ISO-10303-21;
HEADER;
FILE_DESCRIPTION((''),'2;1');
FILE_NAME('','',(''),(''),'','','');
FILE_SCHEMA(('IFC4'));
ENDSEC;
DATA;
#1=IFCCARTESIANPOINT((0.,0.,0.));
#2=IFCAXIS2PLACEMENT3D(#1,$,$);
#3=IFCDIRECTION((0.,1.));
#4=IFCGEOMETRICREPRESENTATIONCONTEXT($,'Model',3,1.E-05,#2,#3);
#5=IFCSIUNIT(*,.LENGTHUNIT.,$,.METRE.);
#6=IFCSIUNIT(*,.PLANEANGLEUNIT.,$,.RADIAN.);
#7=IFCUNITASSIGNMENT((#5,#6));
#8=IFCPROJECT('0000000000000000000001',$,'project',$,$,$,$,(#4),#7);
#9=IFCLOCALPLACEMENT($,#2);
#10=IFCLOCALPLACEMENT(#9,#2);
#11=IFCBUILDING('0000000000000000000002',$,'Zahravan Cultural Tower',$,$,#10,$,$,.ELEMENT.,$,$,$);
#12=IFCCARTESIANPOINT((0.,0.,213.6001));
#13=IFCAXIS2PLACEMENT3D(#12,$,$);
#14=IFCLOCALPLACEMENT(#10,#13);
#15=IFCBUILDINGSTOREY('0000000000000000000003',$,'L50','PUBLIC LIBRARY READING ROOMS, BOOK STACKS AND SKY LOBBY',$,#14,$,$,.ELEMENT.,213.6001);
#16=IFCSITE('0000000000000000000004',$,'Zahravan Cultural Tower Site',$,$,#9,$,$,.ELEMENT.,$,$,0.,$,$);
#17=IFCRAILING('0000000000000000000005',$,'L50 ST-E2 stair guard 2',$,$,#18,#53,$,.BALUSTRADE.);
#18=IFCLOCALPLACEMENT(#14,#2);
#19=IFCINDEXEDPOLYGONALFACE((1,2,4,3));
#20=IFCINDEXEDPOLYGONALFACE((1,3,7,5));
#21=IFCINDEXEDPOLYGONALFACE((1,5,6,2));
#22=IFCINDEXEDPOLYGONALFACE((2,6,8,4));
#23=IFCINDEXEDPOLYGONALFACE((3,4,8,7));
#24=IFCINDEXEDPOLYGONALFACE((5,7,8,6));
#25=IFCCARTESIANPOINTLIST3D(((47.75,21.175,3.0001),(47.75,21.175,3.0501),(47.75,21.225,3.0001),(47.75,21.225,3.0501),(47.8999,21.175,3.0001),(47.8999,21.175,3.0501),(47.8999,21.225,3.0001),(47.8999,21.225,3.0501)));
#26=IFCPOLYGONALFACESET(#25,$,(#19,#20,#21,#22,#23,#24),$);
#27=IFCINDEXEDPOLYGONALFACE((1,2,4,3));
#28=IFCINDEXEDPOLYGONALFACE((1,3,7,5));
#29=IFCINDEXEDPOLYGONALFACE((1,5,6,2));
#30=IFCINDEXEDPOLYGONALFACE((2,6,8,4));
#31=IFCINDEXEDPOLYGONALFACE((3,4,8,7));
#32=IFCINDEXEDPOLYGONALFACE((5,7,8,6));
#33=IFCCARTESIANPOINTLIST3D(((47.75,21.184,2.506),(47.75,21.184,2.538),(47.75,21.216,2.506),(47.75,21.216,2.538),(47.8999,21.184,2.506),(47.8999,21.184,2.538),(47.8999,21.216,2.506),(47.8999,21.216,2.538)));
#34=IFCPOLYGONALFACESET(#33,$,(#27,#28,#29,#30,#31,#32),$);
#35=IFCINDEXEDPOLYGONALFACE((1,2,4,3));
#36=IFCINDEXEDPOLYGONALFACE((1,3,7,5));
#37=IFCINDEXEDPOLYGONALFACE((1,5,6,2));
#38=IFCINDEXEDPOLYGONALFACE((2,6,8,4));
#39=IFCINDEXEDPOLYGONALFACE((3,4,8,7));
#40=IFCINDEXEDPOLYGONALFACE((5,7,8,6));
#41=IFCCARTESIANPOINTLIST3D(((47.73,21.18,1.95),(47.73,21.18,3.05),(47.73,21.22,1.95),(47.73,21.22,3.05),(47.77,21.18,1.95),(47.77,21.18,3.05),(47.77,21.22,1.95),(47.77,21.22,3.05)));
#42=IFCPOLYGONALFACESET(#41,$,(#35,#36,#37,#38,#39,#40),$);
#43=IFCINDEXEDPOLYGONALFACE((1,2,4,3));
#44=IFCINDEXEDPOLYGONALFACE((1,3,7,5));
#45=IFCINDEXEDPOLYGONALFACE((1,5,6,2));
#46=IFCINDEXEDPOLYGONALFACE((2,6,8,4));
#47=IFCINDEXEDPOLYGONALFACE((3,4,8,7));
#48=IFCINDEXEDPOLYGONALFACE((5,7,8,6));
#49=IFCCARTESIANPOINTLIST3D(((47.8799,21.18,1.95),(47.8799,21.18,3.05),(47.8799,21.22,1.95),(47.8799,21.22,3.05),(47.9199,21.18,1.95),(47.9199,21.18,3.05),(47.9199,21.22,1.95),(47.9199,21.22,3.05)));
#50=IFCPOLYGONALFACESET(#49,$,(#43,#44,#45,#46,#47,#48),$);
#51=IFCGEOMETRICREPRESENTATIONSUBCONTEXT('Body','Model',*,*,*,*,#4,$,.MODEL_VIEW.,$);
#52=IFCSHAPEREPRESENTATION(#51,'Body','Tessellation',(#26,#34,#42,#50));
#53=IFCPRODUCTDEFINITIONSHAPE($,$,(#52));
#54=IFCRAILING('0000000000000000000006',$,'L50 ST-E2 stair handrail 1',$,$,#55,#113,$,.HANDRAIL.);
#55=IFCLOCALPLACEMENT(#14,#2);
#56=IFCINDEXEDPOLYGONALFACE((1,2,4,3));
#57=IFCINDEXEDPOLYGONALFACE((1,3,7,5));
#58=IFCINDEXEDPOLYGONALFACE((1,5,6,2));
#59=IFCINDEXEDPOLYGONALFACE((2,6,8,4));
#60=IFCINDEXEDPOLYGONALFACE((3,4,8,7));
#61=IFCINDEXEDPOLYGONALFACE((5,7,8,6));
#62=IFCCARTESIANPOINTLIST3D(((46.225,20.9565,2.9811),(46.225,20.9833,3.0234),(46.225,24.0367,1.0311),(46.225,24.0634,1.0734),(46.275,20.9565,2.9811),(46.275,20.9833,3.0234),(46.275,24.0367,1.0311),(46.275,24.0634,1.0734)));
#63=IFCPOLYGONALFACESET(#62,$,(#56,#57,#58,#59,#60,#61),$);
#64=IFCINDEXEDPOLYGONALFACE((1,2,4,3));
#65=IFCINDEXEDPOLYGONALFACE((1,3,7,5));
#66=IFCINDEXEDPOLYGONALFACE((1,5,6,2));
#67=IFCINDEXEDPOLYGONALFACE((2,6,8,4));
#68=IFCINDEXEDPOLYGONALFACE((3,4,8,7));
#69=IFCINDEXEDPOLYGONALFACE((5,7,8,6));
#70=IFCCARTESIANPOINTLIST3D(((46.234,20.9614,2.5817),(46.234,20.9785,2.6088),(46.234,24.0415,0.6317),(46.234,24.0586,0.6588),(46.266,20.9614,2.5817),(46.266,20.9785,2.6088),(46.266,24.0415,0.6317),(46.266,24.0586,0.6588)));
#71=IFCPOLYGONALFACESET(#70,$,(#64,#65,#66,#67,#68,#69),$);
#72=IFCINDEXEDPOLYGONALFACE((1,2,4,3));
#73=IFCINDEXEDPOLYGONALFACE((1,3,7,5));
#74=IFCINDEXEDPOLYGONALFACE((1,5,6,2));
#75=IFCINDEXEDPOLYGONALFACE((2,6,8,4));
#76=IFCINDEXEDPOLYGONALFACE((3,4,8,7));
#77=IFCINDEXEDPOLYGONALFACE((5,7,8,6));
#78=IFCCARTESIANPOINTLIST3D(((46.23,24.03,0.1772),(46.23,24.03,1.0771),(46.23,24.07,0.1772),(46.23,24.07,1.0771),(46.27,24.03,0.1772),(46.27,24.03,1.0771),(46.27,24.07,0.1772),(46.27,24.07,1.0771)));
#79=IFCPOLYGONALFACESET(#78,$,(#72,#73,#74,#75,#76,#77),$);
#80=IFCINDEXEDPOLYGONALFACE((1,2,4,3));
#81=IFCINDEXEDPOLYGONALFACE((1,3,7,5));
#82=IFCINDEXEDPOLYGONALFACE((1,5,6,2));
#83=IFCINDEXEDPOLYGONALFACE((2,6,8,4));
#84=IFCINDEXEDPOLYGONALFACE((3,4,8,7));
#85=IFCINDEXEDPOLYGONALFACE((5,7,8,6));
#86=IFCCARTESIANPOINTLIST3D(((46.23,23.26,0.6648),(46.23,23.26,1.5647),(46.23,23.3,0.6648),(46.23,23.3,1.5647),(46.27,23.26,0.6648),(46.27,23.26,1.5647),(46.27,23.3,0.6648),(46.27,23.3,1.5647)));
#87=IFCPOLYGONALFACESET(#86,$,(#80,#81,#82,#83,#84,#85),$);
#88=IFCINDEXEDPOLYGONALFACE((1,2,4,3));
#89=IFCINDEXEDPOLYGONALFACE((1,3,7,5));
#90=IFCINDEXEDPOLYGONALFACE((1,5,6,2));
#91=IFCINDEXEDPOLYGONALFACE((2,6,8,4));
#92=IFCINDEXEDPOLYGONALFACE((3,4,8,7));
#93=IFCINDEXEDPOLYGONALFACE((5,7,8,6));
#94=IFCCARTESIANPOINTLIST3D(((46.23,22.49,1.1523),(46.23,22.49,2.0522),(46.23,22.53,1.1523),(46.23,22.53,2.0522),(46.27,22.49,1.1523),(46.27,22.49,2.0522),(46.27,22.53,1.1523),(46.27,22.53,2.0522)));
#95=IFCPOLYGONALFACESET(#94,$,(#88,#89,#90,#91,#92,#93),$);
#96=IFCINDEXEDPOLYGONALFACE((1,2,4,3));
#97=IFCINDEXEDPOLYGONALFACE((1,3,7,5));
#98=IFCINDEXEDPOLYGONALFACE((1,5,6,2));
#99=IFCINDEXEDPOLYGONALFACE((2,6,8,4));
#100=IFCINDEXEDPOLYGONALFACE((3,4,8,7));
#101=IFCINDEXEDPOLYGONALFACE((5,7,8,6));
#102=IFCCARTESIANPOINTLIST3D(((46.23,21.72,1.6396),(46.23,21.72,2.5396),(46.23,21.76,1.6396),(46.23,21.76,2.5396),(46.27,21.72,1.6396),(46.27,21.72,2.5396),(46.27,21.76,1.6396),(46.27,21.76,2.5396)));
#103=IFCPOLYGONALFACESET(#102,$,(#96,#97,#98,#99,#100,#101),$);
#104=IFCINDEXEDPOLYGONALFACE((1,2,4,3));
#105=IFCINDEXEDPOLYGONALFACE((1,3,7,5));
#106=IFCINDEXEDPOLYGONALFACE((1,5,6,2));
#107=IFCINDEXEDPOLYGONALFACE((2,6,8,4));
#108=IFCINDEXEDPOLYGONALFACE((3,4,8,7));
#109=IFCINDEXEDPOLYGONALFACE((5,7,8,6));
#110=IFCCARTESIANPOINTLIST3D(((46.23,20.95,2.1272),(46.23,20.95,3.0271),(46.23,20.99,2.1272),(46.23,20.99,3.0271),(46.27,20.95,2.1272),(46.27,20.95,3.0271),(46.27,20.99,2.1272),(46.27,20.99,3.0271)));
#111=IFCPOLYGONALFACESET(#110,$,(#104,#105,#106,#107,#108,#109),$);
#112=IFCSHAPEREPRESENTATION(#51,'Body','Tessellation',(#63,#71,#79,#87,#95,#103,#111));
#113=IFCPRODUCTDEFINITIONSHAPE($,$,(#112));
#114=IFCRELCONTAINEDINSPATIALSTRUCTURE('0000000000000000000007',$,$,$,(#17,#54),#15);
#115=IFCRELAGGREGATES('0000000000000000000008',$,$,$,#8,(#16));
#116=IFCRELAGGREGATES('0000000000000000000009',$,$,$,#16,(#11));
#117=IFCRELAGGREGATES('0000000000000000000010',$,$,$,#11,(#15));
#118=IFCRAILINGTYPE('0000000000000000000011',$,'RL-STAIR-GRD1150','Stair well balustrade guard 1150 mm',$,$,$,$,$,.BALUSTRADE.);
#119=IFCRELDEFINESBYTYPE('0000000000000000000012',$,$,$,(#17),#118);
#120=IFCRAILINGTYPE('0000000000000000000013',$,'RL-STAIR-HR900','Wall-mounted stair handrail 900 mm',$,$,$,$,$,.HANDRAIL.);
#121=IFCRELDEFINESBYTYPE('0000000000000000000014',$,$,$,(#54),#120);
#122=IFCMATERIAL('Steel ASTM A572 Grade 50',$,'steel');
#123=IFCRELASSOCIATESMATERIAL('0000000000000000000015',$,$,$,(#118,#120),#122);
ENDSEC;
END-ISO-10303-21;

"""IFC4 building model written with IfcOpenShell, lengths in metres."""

from ifc_helpers import new_model, si_unit, direction, frame, origin, origin_2d, place, context, subcontext, project, spatial, rectangle, extrude, material, type_object, element, save


model = new_model("IFC4")

# Units and contexts
model_context = context("Model", 3, precision=1e-05, world=origin(), true_north=direction((0.0, 1.0)))
body_context = subcontext(model_context, "Body", "Model", "MODEL_VIEW")
ifc_project = project(units=[si_unit("LENGTHUNIT", "METRE"), si_unit("PLANEANGLEUNIT", "RADIAN")], contexts=[model_context])

# Site, building, storey
site_placement = place(None, origin())
site = spatial("IfcSite", under=ifc_project, at=site_placement, Name="Zahravan Cultural Tower Site", CompositionType="ELEMENT", RefElevation=0.0)
building_placement = place(site_placement, origin())
building = spatial("IfcBuilding", under=site, at=building_placement, Name="Zahravan Cultural Tower", CompositionType="ELEMENT")
storey_placement = place(building_placement, frame((0.0, 0.0, 213.6001)))
storey = spatial("IfcBuildingStorey", under=building, at=storey_placement, Name="L50", Description="PUBLIC LIBRARY READING ROOMS, BOOK STACKS AND SKY LOBBY", CompositionType="ELEMENT", Elevation=213.6001)

# Shared definitions
ifc_material_1 = material(Name="Steel ASTM A572 Grade 50", Category="steel")

# Railings
railing_type_1 = type_object("IfcRailingType", Name="RL-STAIR-GRD1150", Description="Stair well balustrade guard 1150 mm", PredefinedType="BALUSTRADE", material=ifc_material_1)
railing_1_placement = place(storey_placement, frame((47.75, 21.2, 1.95)))
element("IfcRailing", 1, at=railing_1_placement, inside=storey, type_object=railing_type_1, Name="L50 ST-E2 stair guard 2", PredefinedType="BALUSTRADE", context=body_context, shape_type="SweptSolid", body=[
    extrude(rectangle(XDim=0.05, YDim=0.05, at=origin_2d()), frame((0.0, 0.0, 1.0752), z_axis=(1.0, 0.0, 0.0), x_axis=(0.0, 1.0, 0.0)), (0.0, 0.0, 1.0), 0.1499),
    extrude(rectangle(XDim=0.032, YDim=0.032, at=origin_2d()), frame((0.0, 0.0, 0.572), z_axis=(1.0, 0.0, 0.0), x_axis=(0.0, 1.0, 0.0)), (0.0, 0.0, 1.0), 0.1499),
    extrude(rectangle(XDim=0.04, YDim=0.04, at=origin_2d()), origin(), (0.0, 0.0, 1.0), 1.1001),
    extrude(rectangle(XDim=0.04, YDim=0.04, at=origin_2d()), frame((0.1499, 0.0, 0.0)), (0.0, 0.0, 1.0), 1.1001),
])
railing_type_2 = type_object("IfcRailingType", Name="RL-STAIR-HR900", Description="Wall-mounted stair handrail 900 mm", PredefinedType="HANDRAIL", material=ifc_material_1)
railing_2_placement = place(storey_placement, frame((46.25, 24.05, 0.1772)))
element("IfcRailing", 2, at=railing_2_placement, inside=storey, type_object=railing_type_2, Name="L50 ST-E2 stair handrail 1", PredefinedType="HANDRAIL", context=body_context, shape_type="SweptSolid", body=[
    extrude(rectangle(XDim=0.05, YDim=0.05, at=origin_2d()), frame((0.0, 0.0, 0.875), z_axis=(0.0, -0.844914, 0.534902), x_axis=(1.0, 0.0, 0.0)), (0.0, 0.0, 1.0), 3.6455),
    extrude(rectangle(XDim=0.032, YDim=0.032, at=origin_2d()), frame((0.0, 0.0, 0.468), z_axis=(0.0, -0.844914, 0.534902), x_axis=(1.0, 0.0, 0.0)), (0.0, 0.0, 1.0), 3.6455),
    extrude(rectangle(XDim=0.04, YDim=0.04, at=origin_2d()), origin(), (0.0, 0.0, 1.0), 0.8999),
    extrude(rectangle(XDim=0.04, YDim=0.04, at=origin_2d()), frame((0.0, -0.77, 0.4875)), (0.0, 0.0, 1.0), 0.8999),
    extrude(rectangle(XDim=0.04, YDim=0.04, at=origin_2d()), frame((0.0, -1.54, 0.9751)), (0.0, 0.0, 1.0), 0.8999),
    extrude(rectangle(XDim=0.04, YDim=0.04, at=origin_2d()), frame((0.0, -2.3101, 1.4624)), (0.0, 0.0, 1.0), 0.8999),
    extrude(rectangle(XDim=0.04, YDim=0.04, at=origin_2d()), frame((0.0, -3.0801, 1.95)), (0.0, 0.0, 1.0), 0.8999),
])

save(model, "model.ifc")
